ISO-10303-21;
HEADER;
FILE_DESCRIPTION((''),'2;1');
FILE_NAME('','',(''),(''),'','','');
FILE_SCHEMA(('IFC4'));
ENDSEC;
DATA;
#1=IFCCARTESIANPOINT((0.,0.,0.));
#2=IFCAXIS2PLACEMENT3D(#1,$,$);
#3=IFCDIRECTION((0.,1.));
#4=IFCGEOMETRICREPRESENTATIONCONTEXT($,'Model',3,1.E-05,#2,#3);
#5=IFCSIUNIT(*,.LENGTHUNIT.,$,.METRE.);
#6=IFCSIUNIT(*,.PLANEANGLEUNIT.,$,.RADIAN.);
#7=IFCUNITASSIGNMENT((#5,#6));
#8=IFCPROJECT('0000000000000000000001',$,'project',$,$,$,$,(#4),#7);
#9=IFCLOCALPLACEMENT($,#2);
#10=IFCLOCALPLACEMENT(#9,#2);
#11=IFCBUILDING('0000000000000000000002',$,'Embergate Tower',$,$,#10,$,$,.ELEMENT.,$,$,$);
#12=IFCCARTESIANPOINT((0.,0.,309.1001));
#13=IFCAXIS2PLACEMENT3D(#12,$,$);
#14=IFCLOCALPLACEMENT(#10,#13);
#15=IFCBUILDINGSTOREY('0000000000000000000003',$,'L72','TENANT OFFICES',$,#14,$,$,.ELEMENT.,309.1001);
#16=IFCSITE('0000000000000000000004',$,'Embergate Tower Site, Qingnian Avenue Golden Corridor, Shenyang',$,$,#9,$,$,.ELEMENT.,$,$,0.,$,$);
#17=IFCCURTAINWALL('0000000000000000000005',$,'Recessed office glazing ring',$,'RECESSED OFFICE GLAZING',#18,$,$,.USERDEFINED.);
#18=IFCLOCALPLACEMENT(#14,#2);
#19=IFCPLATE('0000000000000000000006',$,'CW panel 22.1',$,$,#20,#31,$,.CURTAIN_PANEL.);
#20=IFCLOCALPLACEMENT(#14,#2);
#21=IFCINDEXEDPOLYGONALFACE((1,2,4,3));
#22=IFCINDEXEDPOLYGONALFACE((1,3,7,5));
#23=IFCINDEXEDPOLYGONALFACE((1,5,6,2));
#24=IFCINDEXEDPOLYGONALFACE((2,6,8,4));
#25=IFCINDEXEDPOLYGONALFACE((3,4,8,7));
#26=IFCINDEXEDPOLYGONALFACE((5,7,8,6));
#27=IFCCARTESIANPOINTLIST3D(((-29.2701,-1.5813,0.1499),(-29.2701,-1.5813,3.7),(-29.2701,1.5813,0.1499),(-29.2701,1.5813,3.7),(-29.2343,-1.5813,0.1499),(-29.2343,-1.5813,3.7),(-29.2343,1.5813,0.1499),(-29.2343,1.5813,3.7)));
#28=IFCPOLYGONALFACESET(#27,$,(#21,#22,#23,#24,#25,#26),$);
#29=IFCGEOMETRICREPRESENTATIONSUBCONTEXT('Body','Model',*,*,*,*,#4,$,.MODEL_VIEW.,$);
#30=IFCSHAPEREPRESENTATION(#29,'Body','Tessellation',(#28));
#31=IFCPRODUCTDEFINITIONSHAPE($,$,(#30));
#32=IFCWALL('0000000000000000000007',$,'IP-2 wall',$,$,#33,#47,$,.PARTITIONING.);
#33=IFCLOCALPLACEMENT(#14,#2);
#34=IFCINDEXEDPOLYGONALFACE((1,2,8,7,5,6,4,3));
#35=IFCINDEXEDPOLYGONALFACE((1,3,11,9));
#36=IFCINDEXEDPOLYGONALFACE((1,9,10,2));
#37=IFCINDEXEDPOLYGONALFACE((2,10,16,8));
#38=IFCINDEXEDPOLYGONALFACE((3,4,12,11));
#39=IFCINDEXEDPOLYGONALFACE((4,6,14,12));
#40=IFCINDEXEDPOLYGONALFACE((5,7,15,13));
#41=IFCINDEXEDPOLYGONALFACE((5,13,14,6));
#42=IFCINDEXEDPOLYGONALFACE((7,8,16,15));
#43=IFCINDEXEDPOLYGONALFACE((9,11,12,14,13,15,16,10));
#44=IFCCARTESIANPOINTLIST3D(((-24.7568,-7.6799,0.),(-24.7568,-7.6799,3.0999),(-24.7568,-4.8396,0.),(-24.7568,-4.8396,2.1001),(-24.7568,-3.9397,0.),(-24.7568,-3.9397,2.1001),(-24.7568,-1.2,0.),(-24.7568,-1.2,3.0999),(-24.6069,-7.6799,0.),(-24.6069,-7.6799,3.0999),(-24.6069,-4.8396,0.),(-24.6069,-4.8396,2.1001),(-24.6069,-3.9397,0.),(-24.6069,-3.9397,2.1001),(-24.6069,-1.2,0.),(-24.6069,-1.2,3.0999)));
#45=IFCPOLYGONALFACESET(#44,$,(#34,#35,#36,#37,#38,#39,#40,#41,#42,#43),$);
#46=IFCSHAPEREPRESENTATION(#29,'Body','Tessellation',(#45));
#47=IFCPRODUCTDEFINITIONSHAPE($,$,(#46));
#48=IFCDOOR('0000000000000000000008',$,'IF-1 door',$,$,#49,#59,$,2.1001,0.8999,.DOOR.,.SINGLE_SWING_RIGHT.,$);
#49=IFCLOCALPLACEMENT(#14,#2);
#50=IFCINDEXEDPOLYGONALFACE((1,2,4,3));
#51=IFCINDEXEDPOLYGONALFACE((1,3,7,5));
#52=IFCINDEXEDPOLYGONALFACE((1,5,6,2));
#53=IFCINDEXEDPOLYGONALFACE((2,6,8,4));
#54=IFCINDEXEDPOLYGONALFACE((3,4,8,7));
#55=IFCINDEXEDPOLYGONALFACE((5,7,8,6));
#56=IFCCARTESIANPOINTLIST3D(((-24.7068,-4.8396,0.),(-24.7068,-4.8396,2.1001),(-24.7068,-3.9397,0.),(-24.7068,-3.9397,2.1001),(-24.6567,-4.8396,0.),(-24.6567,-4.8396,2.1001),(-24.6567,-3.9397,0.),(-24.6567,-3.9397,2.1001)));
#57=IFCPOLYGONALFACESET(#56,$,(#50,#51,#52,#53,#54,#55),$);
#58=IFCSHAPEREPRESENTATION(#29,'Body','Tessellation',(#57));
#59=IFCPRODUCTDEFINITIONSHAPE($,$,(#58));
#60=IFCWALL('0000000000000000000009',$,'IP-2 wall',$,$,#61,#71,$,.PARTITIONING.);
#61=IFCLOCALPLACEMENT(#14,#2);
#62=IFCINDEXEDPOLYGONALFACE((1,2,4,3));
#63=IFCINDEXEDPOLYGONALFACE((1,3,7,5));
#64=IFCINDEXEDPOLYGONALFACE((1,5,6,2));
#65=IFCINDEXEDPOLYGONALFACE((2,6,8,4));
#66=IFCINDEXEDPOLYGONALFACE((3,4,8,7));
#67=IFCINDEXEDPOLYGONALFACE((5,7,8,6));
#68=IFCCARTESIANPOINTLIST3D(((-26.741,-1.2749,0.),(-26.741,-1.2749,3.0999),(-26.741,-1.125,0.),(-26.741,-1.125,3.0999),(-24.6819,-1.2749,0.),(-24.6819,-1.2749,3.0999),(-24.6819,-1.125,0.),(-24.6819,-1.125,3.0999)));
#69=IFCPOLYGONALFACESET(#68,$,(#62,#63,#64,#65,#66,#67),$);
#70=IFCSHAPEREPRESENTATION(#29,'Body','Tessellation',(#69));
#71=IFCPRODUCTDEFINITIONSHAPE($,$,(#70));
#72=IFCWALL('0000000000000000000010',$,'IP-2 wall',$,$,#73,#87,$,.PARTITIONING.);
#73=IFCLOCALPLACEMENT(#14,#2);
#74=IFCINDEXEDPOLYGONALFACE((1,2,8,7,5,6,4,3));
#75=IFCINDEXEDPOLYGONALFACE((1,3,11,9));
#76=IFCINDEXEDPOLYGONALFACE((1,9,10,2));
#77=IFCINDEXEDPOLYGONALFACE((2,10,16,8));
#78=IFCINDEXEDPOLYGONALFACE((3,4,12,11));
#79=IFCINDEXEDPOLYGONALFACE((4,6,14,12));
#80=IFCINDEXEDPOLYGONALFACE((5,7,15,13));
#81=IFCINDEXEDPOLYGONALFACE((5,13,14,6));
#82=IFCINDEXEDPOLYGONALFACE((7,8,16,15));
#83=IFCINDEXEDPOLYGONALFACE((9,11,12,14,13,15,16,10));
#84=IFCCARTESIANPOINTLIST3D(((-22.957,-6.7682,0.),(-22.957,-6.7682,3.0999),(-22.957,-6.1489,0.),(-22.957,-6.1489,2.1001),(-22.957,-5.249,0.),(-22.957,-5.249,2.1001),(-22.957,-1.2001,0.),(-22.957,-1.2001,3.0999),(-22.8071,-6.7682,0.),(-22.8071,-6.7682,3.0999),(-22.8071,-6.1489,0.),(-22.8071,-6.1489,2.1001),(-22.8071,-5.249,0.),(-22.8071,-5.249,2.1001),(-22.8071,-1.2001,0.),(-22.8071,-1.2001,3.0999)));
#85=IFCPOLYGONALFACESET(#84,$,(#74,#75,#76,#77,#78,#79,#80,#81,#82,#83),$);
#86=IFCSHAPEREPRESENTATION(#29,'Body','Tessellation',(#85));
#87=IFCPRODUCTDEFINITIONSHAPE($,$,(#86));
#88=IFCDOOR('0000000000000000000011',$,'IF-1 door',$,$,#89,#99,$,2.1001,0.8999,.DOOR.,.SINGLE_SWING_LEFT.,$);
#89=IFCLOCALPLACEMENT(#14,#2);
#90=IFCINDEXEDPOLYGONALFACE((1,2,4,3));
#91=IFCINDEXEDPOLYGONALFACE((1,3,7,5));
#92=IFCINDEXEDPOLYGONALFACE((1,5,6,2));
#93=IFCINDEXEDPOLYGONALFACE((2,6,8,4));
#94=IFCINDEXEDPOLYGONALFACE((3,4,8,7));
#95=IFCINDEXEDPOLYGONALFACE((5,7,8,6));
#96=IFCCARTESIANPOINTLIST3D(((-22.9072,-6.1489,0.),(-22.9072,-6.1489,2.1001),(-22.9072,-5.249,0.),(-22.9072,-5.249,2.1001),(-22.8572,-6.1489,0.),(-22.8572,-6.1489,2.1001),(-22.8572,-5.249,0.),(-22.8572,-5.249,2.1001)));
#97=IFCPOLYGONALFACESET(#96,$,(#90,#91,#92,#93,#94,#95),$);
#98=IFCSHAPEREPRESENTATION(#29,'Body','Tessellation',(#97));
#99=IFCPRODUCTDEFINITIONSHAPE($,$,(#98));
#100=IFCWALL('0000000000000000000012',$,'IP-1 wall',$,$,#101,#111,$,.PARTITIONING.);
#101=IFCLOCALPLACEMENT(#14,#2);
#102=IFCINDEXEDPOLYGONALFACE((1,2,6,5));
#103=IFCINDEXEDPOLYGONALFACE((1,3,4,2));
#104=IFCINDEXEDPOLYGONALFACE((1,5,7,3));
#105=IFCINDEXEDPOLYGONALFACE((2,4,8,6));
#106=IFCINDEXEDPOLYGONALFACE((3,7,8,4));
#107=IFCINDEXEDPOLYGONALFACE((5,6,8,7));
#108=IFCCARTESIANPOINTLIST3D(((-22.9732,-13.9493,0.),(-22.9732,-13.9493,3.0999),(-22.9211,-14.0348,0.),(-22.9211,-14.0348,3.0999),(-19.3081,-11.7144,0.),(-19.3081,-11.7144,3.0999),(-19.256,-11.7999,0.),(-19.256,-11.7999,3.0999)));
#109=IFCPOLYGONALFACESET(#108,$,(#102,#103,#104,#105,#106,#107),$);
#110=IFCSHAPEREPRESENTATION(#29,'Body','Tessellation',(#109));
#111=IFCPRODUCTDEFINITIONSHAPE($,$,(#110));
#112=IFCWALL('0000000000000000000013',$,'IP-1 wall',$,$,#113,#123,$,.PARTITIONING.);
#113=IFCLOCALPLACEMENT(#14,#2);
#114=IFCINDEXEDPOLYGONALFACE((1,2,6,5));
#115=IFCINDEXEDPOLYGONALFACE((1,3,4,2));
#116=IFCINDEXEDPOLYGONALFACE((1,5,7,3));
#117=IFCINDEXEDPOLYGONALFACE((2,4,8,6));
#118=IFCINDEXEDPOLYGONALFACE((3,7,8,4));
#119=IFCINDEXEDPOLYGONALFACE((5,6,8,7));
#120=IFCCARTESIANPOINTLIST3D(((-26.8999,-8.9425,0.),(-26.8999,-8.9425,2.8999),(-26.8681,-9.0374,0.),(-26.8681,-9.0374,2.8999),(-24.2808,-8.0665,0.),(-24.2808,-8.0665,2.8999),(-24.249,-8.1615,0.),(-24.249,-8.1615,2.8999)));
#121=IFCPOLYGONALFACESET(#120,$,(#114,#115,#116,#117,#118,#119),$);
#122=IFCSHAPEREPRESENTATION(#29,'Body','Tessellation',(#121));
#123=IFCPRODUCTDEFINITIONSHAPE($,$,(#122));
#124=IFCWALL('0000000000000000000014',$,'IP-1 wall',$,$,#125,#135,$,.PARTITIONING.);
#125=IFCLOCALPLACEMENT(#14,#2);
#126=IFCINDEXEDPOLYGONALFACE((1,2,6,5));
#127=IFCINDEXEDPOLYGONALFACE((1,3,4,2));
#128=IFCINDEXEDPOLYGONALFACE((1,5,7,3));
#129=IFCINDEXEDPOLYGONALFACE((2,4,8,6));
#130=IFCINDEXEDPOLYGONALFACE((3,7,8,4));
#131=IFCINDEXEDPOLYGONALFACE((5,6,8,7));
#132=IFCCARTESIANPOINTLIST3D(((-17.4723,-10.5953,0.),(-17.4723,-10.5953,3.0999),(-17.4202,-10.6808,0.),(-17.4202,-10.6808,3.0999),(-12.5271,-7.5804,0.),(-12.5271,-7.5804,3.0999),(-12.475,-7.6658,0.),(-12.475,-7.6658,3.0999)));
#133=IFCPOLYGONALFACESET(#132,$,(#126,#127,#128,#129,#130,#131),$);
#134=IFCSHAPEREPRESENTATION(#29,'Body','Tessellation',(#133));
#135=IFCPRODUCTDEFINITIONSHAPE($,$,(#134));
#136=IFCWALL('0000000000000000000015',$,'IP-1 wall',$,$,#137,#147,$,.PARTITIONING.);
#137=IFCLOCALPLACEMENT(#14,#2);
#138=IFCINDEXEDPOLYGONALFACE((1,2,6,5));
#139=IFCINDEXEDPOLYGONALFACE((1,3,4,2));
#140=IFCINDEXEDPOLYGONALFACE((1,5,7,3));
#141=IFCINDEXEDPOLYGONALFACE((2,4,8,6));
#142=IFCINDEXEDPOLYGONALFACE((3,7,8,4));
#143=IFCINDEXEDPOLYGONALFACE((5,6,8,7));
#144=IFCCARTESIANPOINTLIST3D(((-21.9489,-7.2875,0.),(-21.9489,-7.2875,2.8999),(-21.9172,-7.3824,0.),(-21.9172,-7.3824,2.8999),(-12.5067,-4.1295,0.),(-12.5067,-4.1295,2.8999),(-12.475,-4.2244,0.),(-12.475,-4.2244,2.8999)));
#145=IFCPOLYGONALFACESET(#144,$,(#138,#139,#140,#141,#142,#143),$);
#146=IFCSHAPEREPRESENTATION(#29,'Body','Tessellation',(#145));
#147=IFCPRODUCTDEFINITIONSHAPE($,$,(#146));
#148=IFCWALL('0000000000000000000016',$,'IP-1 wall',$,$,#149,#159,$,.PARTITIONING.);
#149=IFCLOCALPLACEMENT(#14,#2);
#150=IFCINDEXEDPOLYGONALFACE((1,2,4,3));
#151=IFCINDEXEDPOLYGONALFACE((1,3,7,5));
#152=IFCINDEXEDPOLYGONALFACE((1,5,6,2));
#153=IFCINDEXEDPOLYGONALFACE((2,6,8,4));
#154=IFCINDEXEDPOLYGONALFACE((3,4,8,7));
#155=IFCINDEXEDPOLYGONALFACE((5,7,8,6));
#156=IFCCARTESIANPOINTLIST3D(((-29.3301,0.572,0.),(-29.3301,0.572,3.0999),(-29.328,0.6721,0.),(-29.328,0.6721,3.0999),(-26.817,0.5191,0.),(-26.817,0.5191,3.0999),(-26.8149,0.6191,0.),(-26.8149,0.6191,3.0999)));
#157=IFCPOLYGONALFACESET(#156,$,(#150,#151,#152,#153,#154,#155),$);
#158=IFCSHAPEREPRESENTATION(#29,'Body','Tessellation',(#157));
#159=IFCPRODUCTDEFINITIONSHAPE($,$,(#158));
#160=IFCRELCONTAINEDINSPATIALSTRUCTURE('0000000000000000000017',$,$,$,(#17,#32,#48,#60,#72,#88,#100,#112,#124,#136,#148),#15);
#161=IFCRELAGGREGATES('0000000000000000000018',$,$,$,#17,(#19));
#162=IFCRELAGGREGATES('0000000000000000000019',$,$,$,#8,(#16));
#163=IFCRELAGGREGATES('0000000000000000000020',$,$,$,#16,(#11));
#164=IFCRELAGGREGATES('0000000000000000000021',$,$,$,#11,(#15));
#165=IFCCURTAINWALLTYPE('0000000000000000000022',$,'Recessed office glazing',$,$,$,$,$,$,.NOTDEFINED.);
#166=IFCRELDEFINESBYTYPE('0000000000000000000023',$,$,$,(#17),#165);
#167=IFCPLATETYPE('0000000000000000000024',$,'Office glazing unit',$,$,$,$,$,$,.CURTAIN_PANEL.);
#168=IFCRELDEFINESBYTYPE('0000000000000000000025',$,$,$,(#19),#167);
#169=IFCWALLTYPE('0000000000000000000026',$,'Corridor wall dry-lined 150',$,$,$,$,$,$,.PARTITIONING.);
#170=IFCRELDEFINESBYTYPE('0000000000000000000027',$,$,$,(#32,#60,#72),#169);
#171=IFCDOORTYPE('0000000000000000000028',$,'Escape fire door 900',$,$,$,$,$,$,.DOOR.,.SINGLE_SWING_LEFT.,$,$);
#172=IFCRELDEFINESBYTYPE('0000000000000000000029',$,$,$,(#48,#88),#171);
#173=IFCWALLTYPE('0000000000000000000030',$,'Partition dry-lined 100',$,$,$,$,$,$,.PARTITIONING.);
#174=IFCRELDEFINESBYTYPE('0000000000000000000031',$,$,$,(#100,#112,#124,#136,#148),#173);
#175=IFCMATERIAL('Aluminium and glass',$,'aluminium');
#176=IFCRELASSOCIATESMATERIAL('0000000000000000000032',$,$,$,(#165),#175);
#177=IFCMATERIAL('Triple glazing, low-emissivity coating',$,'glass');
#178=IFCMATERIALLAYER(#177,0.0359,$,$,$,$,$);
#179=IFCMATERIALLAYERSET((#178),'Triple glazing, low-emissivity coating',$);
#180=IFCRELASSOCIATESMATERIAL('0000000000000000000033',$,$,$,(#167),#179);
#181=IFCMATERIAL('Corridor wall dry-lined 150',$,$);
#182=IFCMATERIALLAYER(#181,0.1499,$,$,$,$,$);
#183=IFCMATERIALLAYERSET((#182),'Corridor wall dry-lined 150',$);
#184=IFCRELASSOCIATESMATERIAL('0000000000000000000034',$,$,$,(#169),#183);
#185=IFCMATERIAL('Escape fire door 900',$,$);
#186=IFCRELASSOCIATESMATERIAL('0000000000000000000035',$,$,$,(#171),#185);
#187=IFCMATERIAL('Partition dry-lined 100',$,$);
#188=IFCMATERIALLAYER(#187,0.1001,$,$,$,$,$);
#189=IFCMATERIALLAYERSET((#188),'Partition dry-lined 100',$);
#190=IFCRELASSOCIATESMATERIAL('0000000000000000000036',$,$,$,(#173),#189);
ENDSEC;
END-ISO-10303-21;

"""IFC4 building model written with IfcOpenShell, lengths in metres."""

from ifc_helpers import new_model, si_unit, direction, frame, frame_2d, origin, origin_2d, place, context, subcontext, project, spatial, rectangle, extrude, source, transform, mapped, material, layer, layer_set, type_object, element, fill, aggregate, save


model = new_model("IFC4")

# Units and contexts
model_context = context("Model", 3, precision=1e-05, world=origin(), true_north=direction((0.0, 1.0)))
body_context = subcontext(model_context, "Body", "Model", "MODEL_VIEW")
ifc_project = project(units=[si_unit("LENGTHUNIT", "METRE"), si_unit("PLANEANGLEUNIT", "RADIAN")], contexts=[model_context])

# Site, building, storey
site_placement = place(None, origin())
site = spatial("IfcSite", under=ifc_project, at=site_placement, Name="Embergate Tower Site, Qingnian Avenue Golden Corridor, Shenyang", CompositionType="ELEMENT", RefElevation=0.0)
building_placement = place(site_placement, origin())
building = spatial("IfcBuilding", under=site, at=building_placement, Name="Embergate Tower", CompositionType="ELEMENT")
storey_placement = place(building_placement, frame((0.0, 0.0, 309.1001)))
storey = spatial("IfcBuildingStorey", under=building, at=storey_placement, Name="L72", Description="TENANT OFFICES", CompositionType="ELEMENT", Elevation=309.1001)

# Curtain wall, plate
ifc_material_1 = material(Name="Aluminium and glass", Category="aluminium")
curtain_wall_type = type_object("IfcCurtainWallType", Name="Recessed office glazing", PredefinedType="NOTDEFINED", material=ifc_material_1)
curtain_wall_placement = place(storey_placement, origin())
curtain_wall = element("IfcCurtainWall", 1, at=curtain_wall_placement, inside=storey, type_object=curtain_wall_type, Name="Recessed office glazing ring", ObjectType="RECESSED OFFICE GLAZING", PredefinedType="USERDEFINED")
ifc_material_2 = material(Name="Triple glazing, low-emissivity coating", Category="glass")
ifc_layer_1 = layer(ifc_material_2, 0.0359)
ifc_layer_set_1 = layer_set([ifc_layer_1], Name="Triple glazing, low-emissivity coating")
plate_type = type_object("IfcPlateType", Name="Office glazing unit", PredefinedType="CURTAIN_PANEL", material=ifc_layer_set_1)
shared_shape_1 = source(origin(), body_context, "Body", "SweptSolid", [
    extrude(rectangle(XDim=3.1626, YDim=0.0359, at=origin_2d()), origin(), (0.0, 0.0, 1.0), 3.55),
])
plate_1_placement = place(storey_placement, frame((-29.2522, 0.0, 0.1499), z_axis=(0.0, 0.0, 1.0), x_axis=(0.0, -1.0, 0.0)))
plate_1 = element("IfcPlate", 2, at=plate_1_placement, type_object=plate_type, Name="CW panel 22.1", PredefinedType="CURTAIN_PANEL", context=body_context, shape_type="MappedRepresentation", body=[
    mapped(shared_shape_1, transform((0.0, 0.0, 0.0))),
])
aggregate(curtain_wall, [plate_1])

# Wall, opening, door
ifc_material_3 = material(Name="Corridor wall dry-lined 150")
ifc_layer_2 = layer(ifc_material_3, 0.1499)
ifc_layer_set_2 = layer_set([ifc_layer_2], Name="Corridor wall dry-lined 150")
wall_type_1 = type_object("IfcWallType", Name="Corridor wall dry-lined 150", PredefinedType="PARTITIONING", material=ifc_layer_set_2)
shared_shape_2 = source(origin(), body_context, "Body", "SweptSolid", [
    extrude(rectangle(XDim=6.48, YDim=0.1499, at=frame_2d((3.24, 0.0))), origin(), (0.0, 0.0, 1.0), 3.0999),
])
wall_1_placement = place(storey_placement, frame((-24.6819, -7.6799, 0.0), z_axis=(0.0, 0.0, 1.0), x_axis=(0.0, 1.0, 0.0)))
wall_1 = element("IfcWall", 3, at=wall_1_placement, inside=storey, type_object=wall_type_1, Name="IP-2 wall", PredefinedType="PARTITIONING", context=body_context, shape_type="MappedRepresentation", body=[
    mapped(shared_shape_2, transform((0.0, 0.0, 0.0))),
])
shared_shape_3 = source(origin(), body_context, "Body", "SweptSolid", [
    extrude(rectangle(XDim=0.8999, YDim=2.1001, at=frame_2d((0.45, 1.05))), frame((0.0, 0.085, 0.0), z_axis=(0.0, -1.0, 0.0), x_axis=(1.0, 0.0, 0.0)), (0.0, 0.0, 1.0), 0.1699),
])
opening_1_placement = place(wall_1_placement, frame((2.8403, 0.0, 0.0)))
opening_1 = element("IfcOpeningElement", 4, at=opening_1_placement, cuts=wall_1, PredefinedType="OPENING", context=body_context, shape_type="MappedRepresentation", body=[
    mapped(shared_shape_3, transform((0.0, 0.0, 0.0))),
])
ifc_material_4 = material(Name="Escape fire door 900")
door_type = type_object("IfcDoorType", Name="Escape fire door 900", OperationType="SINGLE_SWING_LEFT", PredefinedType="DOOR", material=ifc_material_4)
shared_shape_4 = source(origin(), body_context, "Body", "SweptSolid", [
    extrude(rectangle(XDim=0.8999, YDim=2.1001, at=frame_2d((0.45, 1.05))), frame((0.0, 0.0249, 0.0), z_axis=(0.0, -1.0, 0.0), x_axis=(1.0, 0.0, 0.0)), (0.0, 0.0, 1.0), 0.05),
])
door_1_placement = place(opening_1_placement, origin())
door_1 = element("IfcDoor", 5, at=door_1_placement, inside=storey, type_object=door_type, Name="IF-1 door", OperationType="SINGLE_SWING_RIGHT", OverallHeight=2.1001, OverallWidth=0.8999, PredefinedType="DOOR", context=body_context, shape_type="MappedRepresentation", body=[
    mapped(shared_shape_4, transform((0.0, 0.0, 0.0))),
])
fill(opening_1, door_1)

# Wall
shared_shape_5 = source(origin(), body_context, "Body", "SweptSolid", [
    extrude(rectangle(XDim=2.0591, YDim=0.1499, at=frame_2d((1.0295, 0.0))), origin(), (0.0, 0.0, 1.0), 3.0999),
])
wall_2_placement = place(storey_placement, frame((-24.6819, -1.2, 0.0), z_axis=(0.0, 0.0, 1.0), x_axis=(-1.0, 0.0, 0.0)))
element("IfcWall", 6, at=wall_2_placement, inside=storey, type_object=wall_type_1, Name="IP-2 wall", PredefinedType="PARTITIONING", context=body_context, shape_type="MappedRepresentation", body=[
    mapped(shared_shape_5, transform((0.0, 0.0, 0.0))),
])

# Wall, opening, door
shared_shape_6 = source(origin(), body_context, "Body", "SweptSolid", [
    extrude(rectangle(XDim=5.5681, YDim=0.1499, at=frame_2d((2.7842, 0.0))), origin(), (0.0, 0.0, 1.0), 3.0999),
])
wall_3_placement = place(storey_placement, frame((-22.8821, -1.2, 0.0), z_axis=(0.0, 0.0, 1.0), x_axis=(0.0, -1.0, 0.0)))
wall_3 = element("IfcWall", 7, at=wall_3_placement, inside=storey, type_object=wall_type_1, Name="IP-2 wall", PredefinedType="PARTITIONING", context=body_context, shape_type="MappedRepresentation", body=[
    mapped(shared_shape_6, transform((0.0, 0.0, 0.0))),
])
opening_2_placement = place(wall_3_placement, frame((4.0491, 0.0, 0.0)))
opening_2 = element("IfcOpeningElement", 8, at=opening_2_placement, cuts=wall_3, PredefinedType="OPENING", context=body_context, shape_type="MappedRepresentation", body=[
    mapped(shared_shape_3, transform((0.0, 0.0, 0.0))),
])
door_2_placement = place(opening_2_placement, origin())
door_2 = element("IfcDoor", 9, at=door_2_placement, inside=storey, type_object=door_type, Name="IF-1 door", OperationType="SINGLE_SWING_LEFT", OverallHeight=2.1001, OverallWidth=0.8999, PredefinedType="DOOR", context=body_context, shape_type="MappedRepresentation", body=[
    mapped(shared_shape_4, transform((0.0, 0.0, 0.0))),
])
fill(opening_2, door_2)

# Walls
ifc_material_5 = material(Name="Partition dry-lined 100")
ifc_layer_3 = layer(ifc_material_5, 0.1001)
ifc_layer_set_3 = layer_set([ifc_layer_3], Name="Partition dry-lined 100")
wall_type_2 = type_object("IfcWallType", Name="Partition dry-lined 100", PredefinedType="PARTITIONING", material=ifc_layer_set_3)
shared_shape_7 = source(origin(), body_context, "Body", "SweptSolid", [
    extrude(rectangle(XDim=4.2927, YDim=0.1001, at=frame_2d((2.1465, 0.0))), origin(), (0.0, 0.0, 1.0), 3.0999),
])
wall_4_placement = place(storey_placement, frame((-19.282, -11.7571, 0.0), z_axis=(0.0, 0.0, 1.0), x_axis=(-0.853788, -0.520622, 0.0)))
element("IfcWall", 10, at=wall_4_placement, inside=storey, type_object=wall_type_2, Name="IP-1 wall", PredefinedType="PARTITIONING", context=body_context, shape_type="MappedRepresentation", body=[
    mapped(shared_shape_7, transform((0.0, 0.0, 0.0))),
])
shared_shape_8 = source(origin(), body_context, "Body", "SweptSolid", [
    extrude(rectangle(XDim=2.7617, YDim=0.1001, at=frame_2d((1.3809, 0.0))), origin(), (0.0, 0.0, 1.0), 2.8999),
])
wall_5_placement = place(storey_placement, frame((-24.2649, -8.114, 0.0), z_axis=(0.0, 0.0, 1.0), x_axis=(-0.948365, -0.317182, 0.0)))
element("IfcWall", 11, at=wall_5_placement, inside=storey, type_object=wall_type_2, Name="IP-1 wall", PredefinedType="PARTITIONING", context=body_context, shape_type="MappedRepresentation", body=[
    mapped(shared_shape_8, transform((0.0, 0.0, 0.0))),
])
shared_shape_9 = source(origin(), body_context, "Body", "SweptSolid", [
    extrude(rectangle(XDim=5.7917, YDim=0.1001, at=frame_2d((2.896, 0.0))), origin(), (0.0, 0.0, 1.0), 3.0999),
])
wall_6_placement = place(storey_placement, frame((-12.501, -7.623, 0.0), z_axis=(0.0, 0.0, 1.0), x_axis=(-0.853826, -0.520558, 0.0)))
element("IfcWall", 12, at=wall_6_placement, inside=storey, type_object=wall_type_2, Name="IP-1 wall", PredefinedType="PARTITIONING", context=body_context, shape_type="MappedRepresentation", body=[
    mapped(shared_shape_9, transform((0.0, 0.0, 0.0))),
])
shared_shape_10 = source(origin(), body_context, "Body", "SweptSolid", [
    extrude(rectangle(XDim=9.9563, YDim=0.1001, at=frame_2d((4.978, 0.0))), origin(), (0.0, 0.0, 1.0), 2.8999),
])
wall_7_placement = place(storey_placement, frame((-12.491, -4.177, 0.0), z_axis=(0.0, 0.0, 1.0), x_axis=(-0.948364, -0.317184, 0.0)))
element("IfcWall", 13, at=wall_7_placement, inside=storey, type_object=wall_type_2, Name="IP-1 wall", PredefinedType="PARTITIONING", context=body_context, shape_type="MappedRepresentation", body=[
    mapped(shared_shape_10, transform((0.0, 0.0, 0.0))),
])
shared_shape_11 = source(origin(), body_context, "Body", "SweptSolid", [
    extrude(rectangle(XDim=2.5137, YDim=0.1001, at=frame_2d((1.2568, 0.0))), origin(), (0.0, 0.0, 1.0), 3.0999),
])
wall_8_placement = place(storey_placement, frame((-26.8159, 0.5691, 0.0), z_axis=(0.0, 0.0, 1.0), x_axis=(-0.999778, 0.021076, 0.0)))
element("IfcWall", 14, at=wall_8_placement, inside=storey, type_object=wall_type_2, Name="IP-1 wall", PredefinedType="PARTITIONING", context=body_context, shape_type="MappedRepresentation", body=[
    mapped(shared_shape_11, transform((0.0, 0.0, 0.0))),
])

save(model, "model.ifc")
